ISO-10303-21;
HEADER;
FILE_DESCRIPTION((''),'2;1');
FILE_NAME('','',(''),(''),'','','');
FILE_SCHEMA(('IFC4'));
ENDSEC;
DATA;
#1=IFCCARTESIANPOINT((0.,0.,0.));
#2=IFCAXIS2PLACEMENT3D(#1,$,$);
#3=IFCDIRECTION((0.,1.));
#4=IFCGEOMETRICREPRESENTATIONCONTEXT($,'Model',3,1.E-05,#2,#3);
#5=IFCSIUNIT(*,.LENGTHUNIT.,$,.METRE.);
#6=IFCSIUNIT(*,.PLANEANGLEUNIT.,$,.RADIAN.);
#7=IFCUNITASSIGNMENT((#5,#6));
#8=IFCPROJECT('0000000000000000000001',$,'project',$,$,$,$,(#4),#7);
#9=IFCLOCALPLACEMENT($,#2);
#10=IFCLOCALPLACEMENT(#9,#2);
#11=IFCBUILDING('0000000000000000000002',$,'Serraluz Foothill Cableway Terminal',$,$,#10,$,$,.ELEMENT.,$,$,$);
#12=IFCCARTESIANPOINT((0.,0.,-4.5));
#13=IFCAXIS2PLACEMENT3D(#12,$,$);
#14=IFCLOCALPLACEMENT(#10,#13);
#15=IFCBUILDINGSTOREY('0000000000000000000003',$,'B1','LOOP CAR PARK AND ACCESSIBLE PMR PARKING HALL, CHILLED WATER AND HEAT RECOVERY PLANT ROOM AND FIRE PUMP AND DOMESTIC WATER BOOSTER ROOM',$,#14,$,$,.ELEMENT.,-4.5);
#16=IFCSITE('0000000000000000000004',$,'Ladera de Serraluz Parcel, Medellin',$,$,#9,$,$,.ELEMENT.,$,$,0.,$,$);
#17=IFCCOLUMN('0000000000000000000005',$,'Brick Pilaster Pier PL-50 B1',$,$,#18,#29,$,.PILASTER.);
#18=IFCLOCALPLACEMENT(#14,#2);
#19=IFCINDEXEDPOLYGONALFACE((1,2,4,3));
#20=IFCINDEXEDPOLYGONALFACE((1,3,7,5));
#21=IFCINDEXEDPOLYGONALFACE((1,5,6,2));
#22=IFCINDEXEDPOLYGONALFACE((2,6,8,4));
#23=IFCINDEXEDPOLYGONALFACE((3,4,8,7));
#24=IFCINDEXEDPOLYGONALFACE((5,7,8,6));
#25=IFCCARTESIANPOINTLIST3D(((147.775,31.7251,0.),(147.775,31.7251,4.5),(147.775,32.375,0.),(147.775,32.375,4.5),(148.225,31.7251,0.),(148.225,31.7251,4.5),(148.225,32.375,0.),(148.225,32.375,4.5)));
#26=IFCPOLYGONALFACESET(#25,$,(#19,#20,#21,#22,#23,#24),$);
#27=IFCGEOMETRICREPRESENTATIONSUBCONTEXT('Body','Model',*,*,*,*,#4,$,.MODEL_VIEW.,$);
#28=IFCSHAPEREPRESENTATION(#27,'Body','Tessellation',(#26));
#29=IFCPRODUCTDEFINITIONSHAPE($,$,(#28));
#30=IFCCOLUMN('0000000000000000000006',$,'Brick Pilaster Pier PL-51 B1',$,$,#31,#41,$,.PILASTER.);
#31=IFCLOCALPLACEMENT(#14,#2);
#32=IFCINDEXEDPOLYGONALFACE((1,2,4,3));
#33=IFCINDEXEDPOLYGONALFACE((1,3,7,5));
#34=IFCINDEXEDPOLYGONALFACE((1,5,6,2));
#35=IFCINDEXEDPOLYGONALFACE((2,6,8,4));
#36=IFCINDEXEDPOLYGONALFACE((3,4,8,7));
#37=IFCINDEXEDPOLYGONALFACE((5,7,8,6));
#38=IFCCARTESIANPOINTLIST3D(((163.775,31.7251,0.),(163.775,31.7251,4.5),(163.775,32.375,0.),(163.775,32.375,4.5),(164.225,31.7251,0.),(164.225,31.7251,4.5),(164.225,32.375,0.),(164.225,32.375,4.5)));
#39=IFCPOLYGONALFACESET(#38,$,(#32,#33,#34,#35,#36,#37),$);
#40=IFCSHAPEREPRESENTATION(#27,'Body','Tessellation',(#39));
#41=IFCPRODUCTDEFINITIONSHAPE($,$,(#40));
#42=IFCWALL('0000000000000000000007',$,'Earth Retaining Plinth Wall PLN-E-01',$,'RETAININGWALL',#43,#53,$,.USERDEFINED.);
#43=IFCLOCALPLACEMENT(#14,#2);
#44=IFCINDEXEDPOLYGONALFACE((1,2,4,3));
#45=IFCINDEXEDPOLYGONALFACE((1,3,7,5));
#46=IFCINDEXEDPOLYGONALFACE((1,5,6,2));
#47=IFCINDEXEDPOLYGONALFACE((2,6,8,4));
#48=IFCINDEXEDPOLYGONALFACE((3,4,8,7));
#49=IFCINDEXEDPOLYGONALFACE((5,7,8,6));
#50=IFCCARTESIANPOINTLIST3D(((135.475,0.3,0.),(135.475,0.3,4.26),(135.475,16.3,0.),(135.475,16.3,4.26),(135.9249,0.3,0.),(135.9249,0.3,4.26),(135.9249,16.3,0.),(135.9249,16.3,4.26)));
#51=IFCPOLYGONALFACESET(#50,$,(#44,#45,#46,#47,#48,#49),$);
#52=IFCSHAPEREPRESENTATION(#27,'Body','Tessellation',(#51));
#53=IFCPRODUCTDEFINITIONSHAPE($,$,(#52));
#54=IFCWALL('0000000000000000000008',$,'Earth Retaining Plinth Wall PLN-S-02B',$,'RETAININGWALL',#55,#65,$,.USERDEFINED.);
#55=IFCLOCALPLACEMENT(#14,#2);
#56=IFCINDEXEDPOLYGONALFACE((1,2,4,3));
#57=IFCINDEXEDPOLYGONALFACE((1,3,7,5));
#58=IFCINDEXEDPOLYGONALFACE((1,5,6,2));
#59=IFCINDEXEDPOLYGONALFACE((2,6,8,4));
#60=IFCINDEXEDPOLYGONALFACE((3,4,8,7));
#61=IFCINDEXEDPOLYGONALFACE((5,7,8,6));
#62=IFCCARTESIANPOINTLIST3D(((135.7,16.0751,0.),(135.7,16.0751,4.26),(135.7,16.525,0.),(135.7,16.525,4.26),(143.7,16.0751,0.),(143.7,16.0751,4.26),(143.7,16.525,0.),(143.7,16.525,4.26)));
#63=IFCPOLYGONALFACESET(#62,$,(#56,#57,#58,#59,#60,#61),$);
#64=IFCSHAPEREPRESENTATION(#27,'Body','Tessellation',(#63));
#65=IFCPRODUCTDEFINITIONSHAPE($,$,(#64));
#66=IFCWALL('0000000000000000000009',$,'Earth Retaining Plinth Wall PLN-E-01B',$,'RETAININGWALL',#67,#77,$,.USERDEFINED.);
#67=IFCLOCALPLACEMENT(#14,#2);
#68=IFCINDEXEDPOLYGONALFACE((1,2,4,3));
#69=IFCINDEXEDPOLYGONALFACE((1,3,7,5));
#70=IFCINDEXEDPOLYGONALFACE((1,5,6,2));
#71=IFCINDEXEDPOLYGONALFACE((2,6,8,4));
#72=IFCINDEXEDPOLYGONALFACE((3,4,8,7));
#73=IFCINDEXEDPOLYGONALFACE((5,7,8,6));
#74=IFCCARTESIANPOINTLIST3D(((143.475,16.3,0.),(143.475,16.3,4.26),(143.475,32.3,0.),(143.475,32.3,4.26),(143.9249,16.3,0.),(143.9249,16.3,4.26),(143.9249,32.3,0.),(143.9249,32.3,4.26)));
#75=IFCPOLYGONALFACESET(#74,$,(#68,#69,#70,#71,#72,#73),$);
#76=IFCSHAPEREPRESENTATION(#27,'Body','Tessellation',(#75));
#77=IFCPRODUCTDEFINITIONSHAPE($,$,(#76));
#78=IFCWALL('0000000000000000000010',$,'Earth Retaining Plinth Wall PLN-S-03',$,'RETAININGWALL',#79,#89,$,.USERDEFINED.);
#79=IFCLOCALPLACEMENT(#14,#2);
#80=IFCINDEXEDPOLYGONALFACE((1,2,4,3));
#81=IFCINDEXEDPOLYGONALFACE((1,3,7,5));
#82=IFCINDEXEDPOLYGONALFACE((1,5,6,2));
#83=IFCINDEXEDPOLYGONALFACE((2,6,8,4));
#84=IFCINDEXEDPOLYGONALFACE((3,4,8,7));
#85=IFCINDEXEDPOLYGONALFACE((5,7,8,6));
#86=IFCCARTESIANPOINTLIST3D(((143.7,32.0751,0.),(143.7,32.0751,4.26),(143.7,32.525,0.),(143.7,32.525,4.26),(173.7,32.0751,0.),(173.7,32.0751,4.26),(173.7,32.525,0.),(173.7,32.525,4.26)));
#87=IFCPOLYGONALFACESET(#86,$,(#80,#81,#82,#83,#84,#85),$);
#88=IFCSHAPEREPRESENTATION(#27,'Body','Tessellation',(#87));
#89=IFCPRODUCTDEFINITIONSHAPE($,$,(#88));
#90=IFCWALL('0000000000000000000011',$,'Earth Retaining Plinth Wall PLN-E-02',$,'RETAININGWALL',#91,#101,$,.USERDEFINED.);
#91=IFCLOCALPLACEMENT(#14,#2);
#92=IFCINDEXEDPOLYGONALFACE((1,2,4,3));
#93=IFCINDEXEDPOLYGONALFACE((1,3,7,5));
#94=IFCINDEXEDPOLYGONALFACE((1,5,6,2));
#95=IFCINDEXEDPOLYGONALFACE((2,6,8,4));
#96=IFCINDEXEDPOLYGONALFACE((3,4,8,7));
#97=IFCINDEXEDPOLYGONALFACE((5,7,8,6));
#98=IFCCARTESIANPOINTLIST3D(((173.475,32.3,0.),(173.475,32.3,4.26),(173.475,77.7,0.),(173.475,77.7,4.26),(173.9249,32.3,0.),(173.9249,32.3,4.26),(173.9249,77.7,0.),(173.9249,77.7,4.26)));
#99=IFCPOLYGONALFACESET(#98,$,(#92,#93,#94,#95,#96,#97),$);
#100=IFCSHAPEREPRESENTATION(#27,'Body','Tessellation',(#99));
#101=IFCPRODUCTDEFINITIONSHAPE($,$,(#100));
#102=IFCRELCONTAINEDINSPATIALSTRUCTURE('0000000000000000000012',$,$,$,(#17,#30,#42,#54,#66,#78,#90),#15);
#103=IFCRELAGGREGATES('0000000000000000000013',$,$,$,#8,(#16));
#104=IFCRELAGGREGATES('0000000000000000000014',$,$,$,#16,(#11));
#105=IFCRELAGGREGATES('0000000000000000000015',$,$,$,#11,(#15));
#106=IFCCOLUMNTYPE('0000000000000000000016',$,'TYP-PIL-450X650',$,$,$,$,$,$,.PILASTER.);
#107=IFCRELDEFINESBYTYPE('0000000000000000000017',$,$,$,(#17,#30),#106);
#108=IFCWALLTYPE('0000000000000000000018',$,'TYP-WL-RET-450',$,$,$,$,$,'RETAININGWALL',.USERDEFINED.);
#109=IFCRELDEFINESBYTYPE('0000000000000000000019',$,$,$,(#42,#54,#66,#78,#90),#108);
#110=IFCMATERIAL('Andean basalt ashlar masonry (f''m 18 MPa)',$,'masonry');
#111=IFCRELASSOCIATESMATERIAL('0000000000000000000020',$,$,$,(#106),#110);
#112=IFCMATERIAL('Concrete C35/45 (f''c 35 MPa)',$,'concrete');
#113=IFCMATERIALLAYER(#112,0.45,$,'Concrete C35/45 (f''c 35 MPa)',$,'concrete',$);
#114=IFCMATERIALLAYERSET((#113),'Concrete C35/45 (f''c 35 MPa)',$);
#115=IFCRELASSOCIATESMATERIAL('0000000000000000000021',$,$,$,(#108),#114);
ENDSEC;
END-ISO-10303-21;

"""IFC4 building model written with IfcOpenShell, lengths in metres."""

from ifc_helpers import new_model, si_unit, direction, frame, frame_2d, origin, origin_2d, place, context, subcontext, project, spatial, rectangle, extrude, material, layer, layer_set, material_profile, profile_set, type_object, element, save


model = new_model("IFC4")

# Units and contexts
model_context = context("Model", 3, precision=1e-05, world=origin(), true_north=direction((0.0, 1.0)))
body_context = subcontext(model_context, "Body", "Model", "MODEL_VIEW")
ifc_project = project(units=[si_unit("LENGTHUNIT", "METRE"), si_unit("PLANEANGLEUNIT", "RADIAN")], contexts=[model_context])

# Site, building, storey
site_placement = place(None, origin())
site = spatial("IfcSite", under=ifc_project, at=site_placement, Name="Ladera de Serraluz Parcel, Medellin", CompositionType="ELEMENT", RefElevation=0.0)
building_placement = place(site_placement, origin())
building = spatial("IfcBuilding", under=site, at=building_placement, Name="Serraluz Foothill Cableway Terminal", CompositionType="ELEMENT")
storey_placement = place(building_placement, frame((0.0, 0.0, -4.5)))
storey = spatial("IfcBuildingStorey", under=building, at=storey_placement, Name="B1", Description="LOOP CAR PARK AND ACCESSIBLE PMR PARKING HALL, CHILLED WATER AND HEAT RECOVERY PLANT ROOM AND FIRE PUMP AND DOMESTIC WATER BOOSTER ROOM", CompositionType="ELEMENT", Elevation=-4.5)

# Shared definitions
ifc_material_1 = material(Name="Concrete C35/45 (f'c 35 MPa)", Category="concrete")

# Columns
ifc_material_2 = material(Name="Andean basalt ashlar masonry (f'm 18 MPa)", Category="masonry")
ifc_material_profile_1 = material_profile(ifc_material_2, rectangle(XDim=0.45, YDim=0.6499, at=origin_2d()), Name="PIL 450x650")
ifc_profile_set_1 = profile_set([ifc_material_profile_1], Name="Andean basalt ashlar masonry (f'm 18 MPa)")
column_type = type_object("IfcColumnType", Name="TYP-PIL-450X650", PredefinedType="PILASTER", material=ifc_profile_set_1)
for number, where, z_axis, x_axis, name in (
    (1, (148.0, 32.05, 0.0), (0.0, 0.0, 1.0), (1.0, 0.0, 0.0), "Brick Pilaster Pier PL-50 B1"),
    (2, (164.0, 32.05, 0.0), (0.0, 0.0, 1.0), (1.0, 0.0, 0.0), "Brick Pilaster Pier PL-51 B1"),
):
    element("IfcColumn", number, at=place(storey_placement, frame(where, z_axis=z_axis, x_axis=x_axis)), inside=storey, type_object=column_type, Name=name, PredefinedType="PILASTER", context=body_context, shape_type="SweptSolid", body=[
        extrude(rectangle(XDim=0.45, YDim=0.6499, at=origin_2d()), origin(), (0.0, 0.0, 1.0), 4.5),
    ])

# Walls
ifc_layer = layer(ifc_material_1, 0.45, Name="Concrete C35/45 (f'c 35 MPa)", Category="concrete")
ifc_layer_set = layer_set([ifc_layer], Name="Concrete C35/45 (f'c 35 MPa)")
wall_type = type_object("IfcWallType", Name="TYP-WL-RET-450", ElementType="RETAININGWALL", PredefinedType="USERDEFINED", material=ifc_layer_set)
wall_1_placement = place(storey_placement, frame((135.7, 0.3, 0.0), z_axis=(0.0, 0.0, 1.0), x_axis=(0.0, 1.0, 0.0)))
element("IfcWall", 3, at=wall_1_placement, inside=storey, type_object=wall_type, Name="Earth Retaining Plinth Wall PLN-E-01", ObjectType="RETAININGWALL", PredefinedType="USERDEFINED", context=body_context, shape_type="SweptSolid", body=[
    extrude(rectangle(XDim=16.0, YDim=0.45, at=frame_2d((8.0, 0.0))), origin(), (0.0, 0.0, 1.0), 4.26),
])
wall_2_placement = place(storey_placement, frame((135.7, 16.3, 0.0), z_axis=(0.0, 0.0, 1.0), x_axis=(1.0, 0.0, 0.0)))
element("IfcWall", 4, at=wall_2_placement, inside=storey, type_object=wall_type, Name="Earth Retaining Plinth Wall PLN-S-02B", ObjectType="RETAININGWALL", PredefinedType="USERDEFINED", context=body_context, shape_type="SweptSolid", body=[
    extrude(rectangle(XDim=8.0, YDim=0.45, at=frame_2d((4.0, 0.0))), origin(), (0.0, 0.0, 1.0), 4.26),
])
wall_3_placement = place(storey_placement, frame((143.7, 16.3, 0.0), z_axis=(0.0, 0.0, 1.0), x_axis=(0.0, 1.0, 0.0)))
element("IfcWall", 5, at=wall_3_placement, inside=storey, type_object=wall_type, Name="Earth Retaining Plinth Wall PLN-E-01B", ObjectType="RETAININGWALL", PredefinedType="USERDEFINED", context=body_context, shape_type="SweptSolid", body=[
    extrude(rectangle(XDim=16.0, YDim=0.45, at=frame_2d((8.0, 0.0))), origin(), (0.0, 0.0, 1.0), 4.26),
])
wall_4_placement = place(storey_placement, frame((143.7, 32.3, 0.0), z_axis=(0.0, 0.0, 1.0), x_axis=(1.0, 0.0, 0.0)))
element("IfcWall", 6, at=wall_4_placement, inside=storey, type_object=wall_type, Name="Earth Retaining Plinth Wall PLN-S-03", ObjectType="RETAININGWALL", PredefinedType="USERDEFINED", context=body_context, shape_type="SweptSolid", body=[
    extrude(rectangle(XDim=30.0, YDim=0.45, at=frame_2d((15.0, 0.0))), origin(), (0.0, 0.0, 1.0), 4.26),
])
wall_5_placement = place(storey_placement, frame((173.7, 32.3, 0.0), z_axis=(0.0, 0.0, 1.0), x_axis=(0.0, 1.0, 0.0)))
element("IfcWall", 7, at=wall_5_placement, inside=storey, type_object=wall_type, Name="Earth Retaining Plinth Wall PLN-E-02", ObjectType="RETAININGWALL", PredefinedType="USERDEFINED", context=body_context, shape_type="SweptSolid", body=[
    extrude(rectangle(XDim=45.3999, YDim=0.45, at=frame_2d((22.7, 0.0))), origin(), (0.0, 0.0, 1.0), 4.26),
])

save(model, "model.ifc")
